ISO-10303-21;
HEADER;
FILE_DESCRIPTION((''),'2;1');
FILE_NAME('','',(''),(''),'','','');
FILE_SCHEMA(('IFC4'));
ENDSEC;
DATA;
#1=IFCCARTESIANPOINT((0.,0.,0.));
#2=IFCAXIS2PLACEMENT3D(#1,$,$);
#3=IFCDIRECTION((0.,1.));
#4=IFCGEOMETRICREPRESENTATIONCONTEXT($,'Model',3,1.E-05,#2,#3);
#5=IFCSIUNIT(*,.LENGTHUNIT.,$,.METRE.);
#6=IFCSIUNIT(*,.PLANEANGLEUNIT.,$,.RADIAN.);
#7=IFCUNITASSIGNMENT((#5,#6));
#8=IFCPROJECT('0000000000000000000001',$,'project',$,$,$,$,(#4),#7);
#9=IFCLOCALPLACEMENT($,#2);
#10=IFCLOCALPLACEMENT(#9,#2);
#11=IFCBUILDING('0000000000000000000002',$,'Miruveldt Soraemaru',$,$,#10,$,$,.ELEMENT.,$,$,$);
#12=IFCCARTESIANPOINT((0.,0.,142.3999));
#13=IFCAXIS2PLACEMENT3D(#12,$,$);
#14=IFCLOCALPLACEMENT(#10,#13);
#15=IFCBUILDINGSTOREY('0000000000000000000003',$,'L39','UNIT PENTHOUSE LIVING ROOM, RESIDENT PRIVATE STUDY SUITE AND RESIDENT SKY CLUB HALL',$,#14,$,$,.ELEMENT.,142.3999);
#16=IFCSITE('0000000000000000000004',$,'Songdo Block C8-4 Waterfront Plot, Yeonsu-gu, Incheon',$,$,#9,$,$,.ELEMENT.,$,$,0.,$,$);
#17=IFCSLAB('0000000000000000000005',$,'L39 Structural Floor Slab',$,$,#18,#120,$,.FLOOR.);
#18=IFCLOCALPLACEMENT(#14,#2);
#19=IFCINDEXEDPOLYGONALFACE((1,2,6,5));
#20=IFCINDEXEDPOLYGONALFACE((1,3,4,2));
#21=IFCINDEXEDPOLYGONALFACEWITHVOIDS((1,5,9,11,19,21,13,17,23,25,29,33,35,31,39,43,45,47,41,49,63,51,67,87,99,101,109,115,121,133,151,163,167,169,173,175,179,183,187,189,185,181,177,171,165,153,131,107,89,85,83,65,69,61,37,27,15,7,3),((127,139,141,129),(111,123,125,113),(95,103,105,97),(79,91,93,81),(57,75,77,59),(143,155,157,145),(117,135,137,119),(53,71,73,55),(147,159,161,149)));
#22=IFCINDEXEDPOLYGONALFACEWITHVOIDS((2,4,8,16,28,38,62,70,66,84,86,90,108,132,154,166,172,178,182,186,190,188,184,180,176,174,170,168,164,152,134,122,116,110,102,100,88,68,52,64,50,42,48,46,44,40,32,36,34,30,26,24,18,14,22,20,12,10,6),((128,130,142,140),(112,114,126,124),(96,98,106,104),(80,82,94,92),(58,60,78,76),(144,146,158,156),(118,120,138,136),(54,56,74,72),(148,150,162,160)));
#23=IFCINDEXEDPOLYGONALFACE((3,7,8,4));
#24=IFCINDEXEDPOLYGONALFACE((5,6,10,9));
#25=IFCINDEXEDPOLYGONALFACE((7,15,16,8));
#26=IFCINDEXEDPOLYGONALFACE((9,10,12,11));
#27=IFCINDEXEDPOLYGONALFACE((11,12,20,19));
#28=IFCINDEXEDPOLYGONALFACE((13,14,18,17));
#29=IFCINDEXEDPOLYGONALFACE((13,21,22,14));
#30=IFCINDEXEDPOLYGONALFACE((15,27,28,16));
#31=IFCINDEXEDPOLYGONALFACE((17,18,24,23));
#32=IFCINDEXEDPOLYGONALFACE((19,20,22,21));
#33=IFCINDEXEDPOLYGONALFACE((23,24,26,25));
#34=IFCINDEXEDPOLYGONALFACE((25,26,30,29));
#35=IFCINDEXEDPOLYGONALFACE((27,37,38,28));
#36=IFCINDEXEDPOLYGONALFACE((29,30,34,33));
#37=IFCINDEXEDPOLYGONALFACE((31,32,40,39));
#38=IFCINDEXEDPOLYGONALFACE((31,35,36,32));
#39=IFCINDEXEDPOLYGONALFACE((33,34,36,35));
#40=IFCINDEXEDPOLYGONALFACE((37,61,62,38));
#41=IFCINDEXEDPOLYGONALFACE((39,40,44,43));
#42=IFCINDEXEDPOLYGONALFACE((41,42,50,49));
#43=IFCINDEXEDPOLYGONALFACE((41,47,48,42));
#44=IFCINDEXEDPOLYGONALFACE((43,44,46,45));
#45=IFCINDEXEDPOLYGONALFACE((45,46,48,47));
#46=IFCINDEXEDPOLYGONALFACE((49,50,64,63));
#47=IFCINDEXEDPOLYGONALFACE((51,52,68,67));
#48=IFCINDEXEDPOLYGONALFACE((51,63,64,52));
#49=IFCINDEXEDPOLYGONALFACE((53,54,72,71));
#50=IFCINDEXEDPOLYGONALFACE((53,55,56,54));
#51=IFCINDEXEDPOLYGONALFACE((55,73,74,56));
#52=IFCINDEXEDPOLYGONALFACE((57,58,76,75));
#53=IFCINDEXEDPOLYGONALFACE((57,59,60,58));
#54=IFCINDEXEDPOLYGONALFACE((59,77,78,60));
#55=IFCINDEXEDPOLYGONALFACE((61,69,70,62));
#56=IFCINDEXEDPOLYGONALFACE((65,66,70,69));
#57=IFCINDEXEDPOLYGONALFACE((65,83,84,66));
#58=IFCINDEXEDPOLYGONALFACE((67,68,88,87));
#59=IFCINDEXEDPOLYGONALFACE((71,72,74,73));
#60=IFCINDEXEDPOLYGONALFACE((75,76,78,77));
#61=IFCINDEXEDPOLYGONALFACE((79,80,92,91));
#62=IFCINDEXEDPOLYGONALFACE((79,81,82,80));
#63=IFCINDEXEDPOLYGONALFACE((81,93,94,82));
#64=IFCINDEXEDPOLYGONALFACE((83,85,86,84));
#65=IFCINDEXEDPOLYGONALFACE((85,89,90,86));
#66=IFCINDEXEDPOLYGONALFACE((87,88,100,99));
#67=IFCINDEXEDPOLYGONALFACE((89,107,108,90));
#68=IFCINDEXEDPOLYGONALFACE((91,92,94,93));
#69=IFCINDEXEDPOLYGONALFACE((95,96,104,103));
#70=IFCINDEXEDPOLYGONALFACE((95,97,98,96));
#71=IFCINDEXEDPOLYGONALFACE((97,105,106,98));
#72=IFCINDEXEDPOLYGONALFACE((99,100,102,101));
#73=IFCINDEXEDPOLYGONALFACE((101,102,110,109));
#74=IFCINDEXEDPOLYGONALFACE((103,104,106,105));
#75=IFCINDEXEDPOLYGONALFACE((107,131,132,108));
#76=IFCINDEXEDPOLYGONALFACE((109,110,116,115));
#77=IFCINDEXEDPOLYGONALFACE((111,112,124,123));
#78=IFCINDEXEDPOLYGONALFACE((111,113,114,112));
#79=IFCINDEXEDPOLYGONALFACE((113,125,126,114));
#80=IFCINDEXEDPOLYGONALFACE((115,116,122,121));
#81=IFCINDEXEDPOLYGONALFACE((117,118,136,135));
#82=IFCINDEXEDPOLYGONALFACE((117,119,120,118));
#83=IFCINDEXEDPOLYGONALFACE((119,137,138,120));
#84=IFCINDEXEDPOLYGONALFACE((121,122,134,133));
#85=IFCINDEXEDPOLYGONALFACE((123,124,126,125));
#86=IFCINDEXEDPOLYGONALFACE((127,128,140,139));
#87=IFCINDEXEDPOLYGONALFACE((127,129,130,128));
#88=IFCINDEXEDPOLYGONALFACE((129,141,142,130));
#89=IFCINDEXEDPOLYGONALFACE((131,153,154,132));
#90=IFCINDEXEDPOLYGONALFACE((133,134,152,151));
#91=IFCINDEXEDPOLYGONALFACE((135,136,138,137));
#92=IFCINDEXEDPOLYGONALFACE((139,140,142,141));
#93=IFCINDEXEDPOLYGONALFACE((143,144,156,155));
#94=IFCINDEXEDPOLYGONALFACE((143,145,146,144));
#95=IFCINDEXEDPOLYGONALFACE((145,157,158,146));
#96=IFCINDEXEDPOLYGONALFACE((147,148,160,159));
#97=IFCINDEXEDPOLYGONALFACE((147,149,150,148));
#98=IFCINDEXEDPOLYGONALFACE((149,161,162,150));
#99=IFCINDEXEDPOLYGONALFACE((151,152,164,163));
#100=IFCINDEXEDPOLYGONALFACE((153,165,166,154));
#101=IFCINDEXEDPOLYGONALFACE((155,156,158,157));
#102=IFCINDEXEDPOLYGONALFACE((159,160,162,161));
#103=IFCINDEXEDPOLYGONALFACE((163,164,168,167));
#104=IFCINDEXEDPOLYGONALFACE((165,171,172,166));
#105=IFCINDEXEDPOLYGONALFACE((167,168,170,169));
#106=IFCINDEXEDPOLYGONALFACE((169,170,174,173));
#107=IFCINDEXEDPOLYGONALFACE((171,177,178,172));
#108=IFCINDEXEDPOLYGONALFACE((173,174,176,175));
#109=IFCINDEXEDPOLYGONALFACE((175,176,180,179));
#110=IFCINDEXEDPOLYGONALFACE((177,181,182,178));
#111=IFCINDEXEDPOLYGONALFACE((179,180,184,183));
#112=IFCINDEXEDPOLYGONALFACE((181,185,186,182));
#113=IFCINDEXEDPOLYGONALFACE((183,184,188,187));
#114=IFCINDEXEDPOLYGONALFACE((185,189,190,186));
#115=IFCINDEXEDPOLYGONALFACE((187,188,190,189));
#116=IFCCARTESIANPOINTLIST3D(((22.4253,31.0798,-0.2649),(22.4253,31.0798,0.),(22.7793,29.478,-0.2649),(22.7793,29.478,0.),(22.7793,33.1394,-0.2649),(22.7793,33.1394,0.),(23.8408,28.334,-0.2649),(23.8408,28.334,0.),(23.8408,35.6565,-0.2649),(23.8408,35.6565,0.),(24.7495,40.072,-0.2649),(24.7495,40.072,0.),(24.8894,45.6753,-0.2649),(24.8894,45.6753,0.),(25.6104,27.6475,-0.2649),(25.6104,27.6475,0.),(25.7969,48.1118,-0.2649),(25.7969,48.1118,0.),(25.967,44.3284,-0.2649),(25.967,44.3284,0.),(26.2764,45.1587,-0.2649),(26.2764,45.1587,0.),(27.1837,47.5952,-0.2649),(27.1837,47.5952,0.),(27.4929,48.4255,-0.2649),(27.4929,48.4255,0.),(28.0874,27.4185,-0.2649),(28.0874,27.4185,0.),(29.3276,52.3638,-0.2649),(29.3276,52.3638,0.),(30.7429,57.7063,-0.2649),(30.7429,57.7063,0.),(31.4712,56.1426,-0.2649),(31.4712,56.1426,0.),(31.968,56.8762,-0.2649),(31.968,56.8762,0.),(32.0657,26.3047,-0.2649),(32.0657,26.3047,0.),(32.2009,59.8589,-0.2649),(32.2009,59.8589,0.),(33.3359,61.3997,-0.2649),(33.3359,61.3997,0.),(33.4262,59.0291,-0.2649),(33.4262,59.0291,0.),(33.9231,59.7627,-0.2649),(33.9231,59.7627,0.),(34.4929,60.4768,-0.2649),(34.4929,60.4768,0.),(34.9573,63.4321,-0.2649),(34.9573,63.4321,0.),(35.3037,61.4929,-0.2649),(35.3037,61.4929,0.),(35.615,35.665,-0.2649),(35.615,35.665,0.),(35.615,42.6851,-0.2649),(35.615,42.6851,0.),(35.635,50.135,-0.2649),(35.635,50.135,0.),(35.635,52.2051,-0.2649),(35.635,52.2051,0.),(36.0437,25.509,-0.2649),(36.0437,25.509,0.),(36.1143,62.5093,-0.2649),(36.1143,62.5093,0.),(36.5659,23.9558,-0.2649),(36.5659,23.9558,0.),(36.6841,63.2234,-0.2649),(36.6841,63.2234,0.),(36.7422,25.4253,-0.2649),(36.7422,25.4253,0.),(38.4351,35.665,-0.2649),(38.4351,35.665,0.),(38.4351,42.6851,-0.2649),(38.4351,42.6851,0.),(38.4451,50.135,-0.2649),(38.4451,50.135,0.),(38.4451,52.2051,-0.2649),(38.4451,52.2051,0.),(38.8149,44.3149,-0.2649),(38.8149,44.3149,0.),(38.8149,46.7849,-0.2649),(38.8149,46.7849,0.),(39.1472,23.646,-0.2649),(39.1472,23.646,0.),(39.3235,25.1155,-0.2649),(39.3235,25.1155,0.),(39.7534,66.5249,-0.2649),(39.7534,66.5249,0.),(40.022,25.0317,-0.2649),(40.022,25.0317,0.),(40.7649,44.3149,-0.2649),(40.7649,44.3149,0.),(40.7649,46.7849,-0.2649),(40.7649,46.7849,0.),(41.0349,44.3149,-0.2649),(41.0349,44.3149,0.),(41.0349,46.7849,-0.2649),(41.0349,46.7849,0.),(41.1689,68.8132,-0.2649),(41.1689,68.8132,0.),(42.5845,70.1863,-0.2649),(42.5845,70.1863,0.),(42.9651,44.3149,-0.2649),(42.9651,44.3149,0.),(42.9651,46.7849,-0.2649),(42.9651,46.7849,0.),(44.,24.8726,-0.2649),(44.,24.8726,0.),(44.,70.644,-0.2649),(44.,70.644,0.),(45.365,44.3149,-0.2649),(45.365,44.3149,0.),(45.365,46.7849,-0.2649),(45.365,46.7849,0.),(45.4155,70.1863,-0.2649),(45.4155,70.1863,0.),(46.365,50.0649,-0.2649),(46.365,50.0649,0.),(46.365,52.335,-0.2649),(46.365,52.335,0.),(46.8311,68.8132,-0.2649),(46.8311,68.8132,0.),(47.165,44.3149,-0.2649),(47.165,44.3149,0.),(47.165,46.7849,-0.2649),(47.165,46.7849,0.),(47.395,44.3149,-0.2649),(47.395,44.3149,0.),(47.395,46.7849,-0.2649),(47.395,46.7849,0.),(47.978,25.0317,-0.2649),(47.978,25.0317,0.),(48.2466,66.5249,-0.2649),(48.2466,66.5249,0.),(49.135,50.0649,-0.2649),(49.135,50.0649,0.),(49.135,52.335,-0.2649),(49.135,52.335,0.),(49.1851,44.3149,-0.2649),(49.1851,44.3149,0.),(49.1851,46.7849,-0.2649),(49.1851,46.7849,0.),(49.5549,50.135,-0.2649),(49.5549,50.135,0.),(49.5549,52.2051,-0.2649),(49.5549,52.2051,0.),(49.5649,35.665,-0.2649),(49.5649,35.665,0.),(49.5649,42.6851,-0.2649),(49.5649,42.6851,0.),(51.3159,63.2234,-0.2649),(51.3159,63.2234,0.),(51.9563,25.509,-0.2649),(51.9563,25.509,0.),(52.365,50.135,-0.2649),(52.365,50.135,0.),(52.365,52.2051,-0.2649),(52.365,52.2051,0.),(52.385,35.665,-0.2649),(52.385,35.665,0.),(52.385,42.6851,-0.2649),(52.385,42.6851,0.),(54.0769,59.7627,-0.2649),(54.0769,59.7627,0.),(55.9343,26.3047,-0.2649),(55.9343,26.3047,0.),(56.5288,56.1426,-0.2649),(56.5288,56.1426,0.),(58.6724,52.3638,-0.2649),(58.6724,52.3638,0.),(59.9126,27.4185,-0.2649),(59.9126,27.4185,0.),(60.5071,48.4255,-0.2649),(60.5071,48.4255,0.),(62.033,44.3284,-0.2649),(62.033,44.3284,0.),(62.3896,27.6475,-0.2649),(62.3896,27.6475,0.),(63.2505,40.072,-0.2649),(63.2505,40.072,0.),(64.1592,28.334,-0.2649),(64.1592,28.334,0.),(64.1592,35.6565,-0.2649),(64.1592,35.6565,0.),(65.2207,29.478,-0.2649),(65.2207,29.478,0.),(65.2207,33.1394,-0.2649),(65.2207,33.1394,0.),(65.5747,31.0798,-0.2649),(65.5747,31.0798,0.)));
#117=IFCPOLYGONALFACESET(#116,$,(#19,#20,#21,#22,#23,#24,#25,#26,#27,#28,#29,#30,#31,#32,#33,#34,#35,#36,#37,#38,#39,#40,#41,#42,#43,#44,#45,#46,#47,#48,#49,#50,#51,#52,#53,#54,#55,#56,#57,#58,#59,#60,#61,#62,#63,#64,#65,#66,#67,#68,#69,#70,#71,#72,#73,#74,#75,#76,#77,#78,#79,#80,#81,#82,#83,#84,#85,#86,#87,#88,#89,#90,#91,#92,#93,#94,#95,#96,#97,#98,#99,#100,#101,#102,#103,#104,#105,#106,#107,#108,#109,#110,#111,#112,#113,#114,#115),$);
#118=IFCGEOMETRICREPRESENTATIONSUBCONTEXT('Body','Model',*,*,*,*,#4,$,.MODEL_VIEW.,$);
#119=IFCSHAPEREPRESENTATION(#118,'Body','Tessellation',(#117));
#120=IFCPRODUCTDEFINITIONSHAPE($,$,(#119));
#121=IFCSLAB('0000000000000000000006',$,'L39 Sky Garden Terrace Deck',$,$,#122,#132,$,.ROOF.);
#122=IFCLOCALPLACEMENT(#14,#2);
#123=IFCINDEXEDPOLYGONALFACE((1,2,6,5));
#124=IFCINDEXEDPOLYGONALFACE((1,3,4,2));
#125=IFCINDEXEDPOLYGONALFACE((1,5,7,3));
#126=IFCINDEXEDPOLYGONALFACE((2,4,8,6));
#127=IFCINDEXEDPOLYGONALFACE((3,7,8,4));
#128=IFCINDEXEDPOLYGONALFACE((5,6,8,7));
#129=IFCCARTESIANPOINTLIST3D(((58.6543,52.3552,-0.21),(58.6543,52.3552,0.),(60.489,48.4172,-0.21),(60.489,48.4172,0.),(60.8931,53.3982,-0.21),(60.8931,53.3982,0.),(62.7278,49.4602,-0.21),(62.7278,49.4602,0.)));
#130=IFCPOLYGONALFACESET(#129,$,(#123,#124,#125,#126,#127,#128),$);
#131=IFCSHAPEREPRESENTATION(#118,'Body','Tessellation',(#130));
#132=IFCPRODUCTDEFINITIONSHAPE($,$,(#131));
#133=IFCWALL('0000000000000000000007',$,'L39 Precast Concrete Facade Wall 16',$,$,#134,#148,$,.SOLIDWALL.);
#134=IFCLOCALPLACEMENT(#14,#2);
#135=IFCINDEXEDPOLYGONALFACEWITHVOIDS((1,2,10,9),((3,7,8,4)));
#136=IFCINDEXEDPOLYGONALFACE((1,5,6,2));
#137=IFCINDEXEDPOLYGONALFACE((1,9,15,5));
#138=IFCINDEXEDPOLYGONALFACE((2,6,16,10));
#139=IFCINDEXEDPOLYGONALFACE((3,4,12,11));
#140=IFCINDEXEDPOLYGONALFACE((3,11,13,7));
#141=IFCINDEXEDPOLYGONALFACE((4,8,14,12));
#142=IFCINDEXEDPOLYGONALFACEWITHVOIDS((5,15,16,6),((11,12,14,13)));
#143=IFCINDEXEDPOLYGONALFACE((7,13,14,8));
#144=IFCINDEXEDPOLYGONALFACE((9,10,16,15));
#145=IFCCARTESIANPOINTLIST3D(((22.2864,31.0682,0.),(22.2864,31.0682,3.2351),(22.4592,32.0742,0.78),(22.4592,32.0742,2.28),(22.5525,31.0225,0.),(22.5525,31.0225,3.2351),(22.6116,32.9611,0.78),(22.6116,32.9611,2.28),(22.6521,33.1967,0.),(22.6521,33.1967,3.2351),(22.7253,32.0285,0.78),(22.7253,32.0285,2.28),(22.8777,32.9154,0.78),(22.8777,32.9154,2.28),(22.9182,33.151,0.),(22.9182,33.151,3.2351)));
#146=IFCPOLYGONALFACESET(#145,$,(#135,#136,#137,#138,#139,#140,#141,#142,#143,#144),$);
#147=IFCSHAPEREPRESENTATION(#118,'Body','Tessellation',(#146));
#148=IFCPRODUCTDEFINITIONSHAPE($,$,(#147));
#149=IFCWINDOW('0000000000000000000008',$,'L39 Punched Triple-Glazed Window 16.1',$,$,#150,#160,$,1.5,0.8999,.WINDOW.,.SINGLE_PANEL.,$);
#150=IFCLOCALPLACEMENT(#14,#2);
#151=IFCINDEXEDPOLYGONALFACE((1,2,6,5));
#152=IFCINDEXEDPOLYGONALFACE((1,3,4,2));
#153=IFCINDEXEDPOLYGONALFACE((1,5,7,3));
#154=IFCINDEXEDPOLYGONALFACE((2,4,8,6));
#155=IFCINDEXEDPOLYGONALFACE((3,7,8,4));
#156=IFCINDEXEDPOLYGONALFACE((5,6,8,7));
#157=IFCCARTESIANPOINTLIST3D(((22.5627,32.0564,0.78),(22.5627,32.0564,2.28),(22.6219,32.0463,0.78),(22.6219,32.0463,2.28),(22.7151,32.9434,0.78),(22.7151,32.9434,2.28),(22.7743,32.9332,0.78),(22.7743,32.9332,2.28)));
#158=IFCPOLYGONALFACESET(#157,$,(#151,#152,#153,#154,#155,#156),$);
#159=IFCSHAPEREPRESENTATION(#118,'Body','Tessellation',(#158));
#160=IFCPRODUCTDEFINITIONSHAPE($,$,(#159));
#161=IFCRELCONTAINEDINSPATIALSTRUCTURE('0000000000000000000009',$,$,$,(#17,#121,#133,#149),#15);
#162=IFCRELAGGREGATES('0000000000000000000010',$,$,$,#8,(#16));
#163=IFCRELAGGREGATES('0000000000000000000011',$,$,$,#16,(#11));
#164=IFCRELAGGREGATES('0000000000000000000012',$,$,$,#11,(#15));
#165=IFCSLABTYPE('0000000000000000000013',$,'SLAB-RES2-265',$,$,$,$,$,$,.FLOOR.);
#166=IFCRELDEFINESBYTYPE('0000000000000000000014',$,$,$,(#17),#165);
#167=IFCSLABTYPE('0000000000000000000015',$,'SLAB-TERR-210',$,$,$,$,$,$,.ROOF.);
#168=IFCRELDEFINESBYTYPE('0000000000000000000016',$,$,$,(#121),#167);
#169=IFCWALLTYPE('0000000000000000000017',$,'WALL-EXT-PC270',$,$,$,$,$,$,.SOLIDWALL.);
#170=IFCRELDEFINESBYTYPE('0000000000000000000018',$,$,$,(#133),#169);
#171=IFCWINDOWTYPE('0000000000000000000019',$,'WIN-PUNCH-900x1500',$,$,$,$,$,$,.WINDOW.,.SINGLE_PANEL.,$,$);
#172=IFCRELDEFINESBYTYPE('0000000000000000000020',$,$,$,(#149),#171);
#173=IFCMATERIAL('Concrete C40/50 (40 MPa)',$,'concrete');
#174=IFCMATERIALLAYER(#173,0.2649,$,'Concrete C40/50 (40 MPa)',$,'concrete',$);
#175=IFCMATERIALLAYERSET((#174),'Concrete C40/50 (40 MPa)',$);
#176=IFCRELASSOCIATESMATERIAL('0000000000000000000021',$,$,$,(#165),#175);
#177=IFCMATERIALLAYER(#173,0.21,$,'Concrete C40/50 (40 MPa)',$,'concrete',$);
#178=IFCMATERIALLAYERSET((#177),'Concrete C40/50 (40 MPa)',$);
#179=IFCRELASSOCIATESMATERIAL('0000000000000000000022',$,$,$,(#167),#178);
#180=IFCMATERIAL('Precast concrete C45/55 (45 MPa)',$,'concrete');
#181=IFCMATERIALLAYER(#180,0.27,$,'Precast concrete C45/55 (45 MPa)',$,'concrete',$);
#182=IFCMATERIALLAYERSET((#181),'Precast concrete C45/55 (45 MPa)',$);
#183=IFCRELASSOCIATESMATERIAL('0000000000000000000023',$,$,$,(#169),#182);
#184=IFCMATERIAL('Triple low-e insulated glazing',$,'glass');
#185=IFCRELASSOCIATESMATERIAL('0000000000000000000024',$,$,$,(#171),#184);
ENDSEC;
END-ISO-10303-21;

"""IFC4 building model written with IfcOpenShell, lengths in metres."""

from ifc_helpers import new_model, si_unit, direction, frame, frame_2d, origin, place, context, subcontext, project, spatial, polyline, rectangle, outline, extrude, material, layer, layer_set, type_object, element, fill, save


model = new_model("IFC4")

# Units and contexts
model_context = context("Model", 3, precision=1e-05, world=origin(), true_north=direction((0.0, 1.0)))
body_context = subcontext(model_context, "Body", "Model", "MODEL_VIEW")
ifc_project = project(units=[si_unit("LENGTHUNIT", "METRE"), si_unit("PLANEANGLEUNIT", "RADIAN")], contexts=[model_context])

# Site, building, storey
site_placement = place(None, origin())
site = spatial("IfcSite", under=ifc_project, at=site_placement, Name="Songdo Block C8-4 Waterfront Plot, Yeonsu-gu, Incheon", CompositionType="ELEMENT", RefElevation=0.0)
building_placement = place(site_placement, origin())
building = spatial("IfcBuilding", under=site, at=building_placement, Name="Miruveldt Soraemaru", CompositionType="ELEMENT")
storey_placement = place(building_placement, frame((0.0, 0.0, 142.3999)))
storey = spatial("IfcBuildingStorey", under=building, at=storey_placement, Name="L39", Description="UNIT PENTHOUSE LIVING ROOM, RESIDENT PRIVATE STUDY SUITE AND RESIDENT SKY CLUB HALL", CompositionType="ELEMENT", Elevation=142.3999)

# Shared definitions
ifc_material_1 = material(Name="Concrete C40/50 (40 MPa)", Category="concrete")

# Slabs
ifc_material_2 = material(Name="Precast concrete C45/55 (45 MPa)", Category="concrete")
ifc_layer_1 = layer(ifc_material_1, 0.2649, Name="Concrete C40/50 (40 MPa)", Category="concrete")
ifc_layer_set_1 = layer_set([ifc_layer_1], Name="Concrete C40/50 (40 MPa)")
slab_type_1 = type_object("IfcSlabType", Name="SLAB-RES2-265", PredefinedType="FLOOR", material=ifc_layer_set_1)
slab_1_placement = place(storey_placement, frame((0.0, 0.0, -0.2649)))
element("IfcSlab", 1, at=slab_1_placement, inside=storey, type_object=slab_type_1, Name="L39 Structural Floor Slab", PredefinedType="FLOOR", context=body_context, shape_type="SweptSolid", body=[
    extrude(outline(polyline([(36.5659, 23.9558), (36.7422, 25.4253), (38.033, 25.2705), (36.0437, 25.509), (32.0657, 26.3047), (28.0874, 27.4185), (25.6104, 27.6475), (23.8408, 28.334), (22.7793, 29.478), (22.4253, 31.0798), (22.7793, 33.1394), (23.8408, 35.6565), (24.7495, 40.072), (25.967, 44.3284), (26.2764, 45.1587), (24.8894, 45.6753), (25.7969, 48.1118), (27.1836, 47.5952), (26.73, 46.377), (27.4929, 48.4255), (29.3276, 52.3638), (31.4712, 56.1426), (31.968, 56.8762), (30.7429, 57.7063), (32.2009, 59.8589), (33.4263, 59.0291), (32.697, 57.9526), (33.9231, 59.7627), (34.4929, 60.4768), (33.3359, 61.3997), (34.9573, 63.4321), (36.1143, 62.5093), (35.3037, 61.4929), (36.6841, 63.2234), (39.7534, 66.5249), (41.1689, 68.8132), (42.5845, 70.1863), (44.0, 70.644), (45.4155, 70.1863), (46.8311, 68.8132), (48.2466, 66.5249), (51.3159, 63.2234), (54.0769, 59.7627), (56.5288, 56.1426), (58.6724, 52.3638), (60.5071, 48.4255), (62.033, 44.3284), (63.2505, 40.072), (64.1592, 35.6565), (65.2207, 33.1394), (65.5747, 31.0798), (65.2207, 29.478), (64.1592, 28.334), (62.3896, 27.6475), (59.9126, 27.4185), (55.9343, 26.3047), (51.9563, 25.509), (47.978, 25.0317), (44.0, 24.8726), (40.022, 25.0317), (39.3235, 25.1155), (39.1472, 23.646), (36.5659, 23.9558)]), holes=[polyline([(35.615, 35.665), (38.4351, 35.665), (38.4351, 42.6851), (35.615, 42.6851), (35.615, 35.665)]), polyline([(49.5649, 35.665), (52.385, 35.665), (52.385, 42.6851), (49.5649, 42.6851), (49.5649, 35.665)]), polyline([(40.7649, 44.3149), (40.7649, 46.7849), (38.8149, 46.7849), (38.8149, 44.3149), (40.7649, 44.3149)]), polyline([(42.9651, 44.3149), (42.9651, 46.7849), (41.0349, 46.7849), (41.0349, 44.3149), (42.9651, 44.3149)]), polyline([(47.165, 44.3149), (47.165, 46.7849), (45.365, 46.7849), (45.365, 44.3149), (47.165, 44.3149)]), polyline([(49.1851, 44.3149), (49.1851, 46.7849), (47.395, 46.7849), (47.395, 44.3149), (49.1851, 44.3149)]), polyline([(38.4451, 50.135), (38.4451, 52.2051), (35.635, 52.2051), (35.635, 50.135), (38.4451, 50.135)]), polyline([(49.5549, 50.135), (52.365, 50.135), (52.365, 52.2051), (49.5549, 52.2051), (49.5549, 50.135)]), polyline([(46.365, 50.0649), (49.135, 50.0649), (49.135, 52.335), (46.365, 52.335), (46.365, 50.0649)])]), origin(), (0.0, 0.0, 1.0), 0.2649),
])
ifc_layer_2 = layer(ifc_material_1, 0.21, Name="Concrete C40/50 (40 MPa)", Category="concrete")
ifc_layer_set_2 = layer_set([ifc_layer_2], Name="Concrete C40/50 (40 MPa)")
slab_type_2 = type_object("IfcSlabType", Name="SLAB-TERR-210", PredefinedType="ROOF", material=ifc_layer_set_2)
slab_2_placement = place(storey_placement, frame((0.0, 0.0, -0.21)))
element("IfcSlab", 2, at=slab_2_placement, inside=storey, type_object=slab_type_2, Name="L39 Sky Garden Terrace Deck", PredefinedType="ROOF", context=body_context, shape_type="SweptSolid", body=[
    extrude(outline(polyline([(60.489, 48.4172), (58.6543, 52.3552), (60.8931, 53.3982), (62.7278, 49.4602), (60.489, 48.4172)])), origin(), (0.0, 0.0, 1.0), 0.21),
])

# Wall, opening, window
ifc_layer_3 = layer(ifc_material_2, 0.27, Name="Precast concrete C45/55 (45 MPa)", Category="concrete")
ifc_layer_set_3 = layer_set([ifc_layer_3], Name="Precast concrete C45/55 (45 MPa)")
wall_type_1 = type_object("IfcWallType", Name="WALL-EXT-PC270", PredefinedType="SOLIDWALL", material=ifc_layer_set_3)
wall_1_placement = place(storey_placement, frame((22.7852, 33.1738, 0.0), z_axis=(0.0, 0.0, 1.0), x_axis=(-0.169347, -0.985557, 0.0)))
wall_1 = element("IfcWall", 3, at=wall_1_placement, inside=storey, type_object=wall_type_1, Name="L39 Precast Concrete Facade Wall 16", PredefinedType="SOLIDWALL", context=body_context, shape_type="SweptSolid", body=[
    extrude(rectangle(XDim=2.1597, YDim=0.27, at=frame_2d((1.0798, 0.0))), origin(), (0.0, 0.0, 1.0), 3.2351),
])
opening_1_placement = place(wall_1_placement, frame((0.239, 0.0, 0.78)))
opening_1 = element("IfcOpeningElement", 4, at=opening_1_placement, cuts=wall_1, PredefinedType="OPENING", context=body_context, shape_type="SweptSolid", body=[
    extrude(rectangle(XDim=0.8999, YDim=1.5, at=frame_2d((0.45, 0.75))), frame((0.0, 0.145, 0.0), z_axis=(0.0, -1.0, 0.0), x_axis=(1.0, 0.0, 0.0)), (0.0, 0.0, 1.0), 0.29),
])
ifc_material_3 = material(Name="Triple low-e insulated glazing", Category="glass")
window_type_1 = type_object("IfcWindowType", Name="WIN-PUNCH-900x1500", PartitioningType="SINGLE_PANEL", PredefinedType="WINDOW", material=ifc_material_3)
window_1_placement = place(opening_1_placement, origin())
window_1 = element("IfcWindow", 5, at=window_1_placement, inside=storey, type_object=window_type_1, Name="L39 Punched Triple-Glazed Window 16.1", OverallHeight=1.5, OverallWidth=0.8999, PartitioningType="SINGLE_PANEL", PredefinedType="WINDOW", context=body_context, shape_type="SweptSolid", body=[
    extrude(rectangle(XDim=0.8999, YDim=1.5, at=frame_2d((0.45, 0.75))), frame((0.0, 0.03, 0.0), z_axis=(0.0, -1.0, 0.0), x_axis=(1.0, 0.0, 0.0)), (0.0, 0.0, 1.0), 0.0601),
])
fill(opening_1, window_1)

save(model, "model.ifc")
